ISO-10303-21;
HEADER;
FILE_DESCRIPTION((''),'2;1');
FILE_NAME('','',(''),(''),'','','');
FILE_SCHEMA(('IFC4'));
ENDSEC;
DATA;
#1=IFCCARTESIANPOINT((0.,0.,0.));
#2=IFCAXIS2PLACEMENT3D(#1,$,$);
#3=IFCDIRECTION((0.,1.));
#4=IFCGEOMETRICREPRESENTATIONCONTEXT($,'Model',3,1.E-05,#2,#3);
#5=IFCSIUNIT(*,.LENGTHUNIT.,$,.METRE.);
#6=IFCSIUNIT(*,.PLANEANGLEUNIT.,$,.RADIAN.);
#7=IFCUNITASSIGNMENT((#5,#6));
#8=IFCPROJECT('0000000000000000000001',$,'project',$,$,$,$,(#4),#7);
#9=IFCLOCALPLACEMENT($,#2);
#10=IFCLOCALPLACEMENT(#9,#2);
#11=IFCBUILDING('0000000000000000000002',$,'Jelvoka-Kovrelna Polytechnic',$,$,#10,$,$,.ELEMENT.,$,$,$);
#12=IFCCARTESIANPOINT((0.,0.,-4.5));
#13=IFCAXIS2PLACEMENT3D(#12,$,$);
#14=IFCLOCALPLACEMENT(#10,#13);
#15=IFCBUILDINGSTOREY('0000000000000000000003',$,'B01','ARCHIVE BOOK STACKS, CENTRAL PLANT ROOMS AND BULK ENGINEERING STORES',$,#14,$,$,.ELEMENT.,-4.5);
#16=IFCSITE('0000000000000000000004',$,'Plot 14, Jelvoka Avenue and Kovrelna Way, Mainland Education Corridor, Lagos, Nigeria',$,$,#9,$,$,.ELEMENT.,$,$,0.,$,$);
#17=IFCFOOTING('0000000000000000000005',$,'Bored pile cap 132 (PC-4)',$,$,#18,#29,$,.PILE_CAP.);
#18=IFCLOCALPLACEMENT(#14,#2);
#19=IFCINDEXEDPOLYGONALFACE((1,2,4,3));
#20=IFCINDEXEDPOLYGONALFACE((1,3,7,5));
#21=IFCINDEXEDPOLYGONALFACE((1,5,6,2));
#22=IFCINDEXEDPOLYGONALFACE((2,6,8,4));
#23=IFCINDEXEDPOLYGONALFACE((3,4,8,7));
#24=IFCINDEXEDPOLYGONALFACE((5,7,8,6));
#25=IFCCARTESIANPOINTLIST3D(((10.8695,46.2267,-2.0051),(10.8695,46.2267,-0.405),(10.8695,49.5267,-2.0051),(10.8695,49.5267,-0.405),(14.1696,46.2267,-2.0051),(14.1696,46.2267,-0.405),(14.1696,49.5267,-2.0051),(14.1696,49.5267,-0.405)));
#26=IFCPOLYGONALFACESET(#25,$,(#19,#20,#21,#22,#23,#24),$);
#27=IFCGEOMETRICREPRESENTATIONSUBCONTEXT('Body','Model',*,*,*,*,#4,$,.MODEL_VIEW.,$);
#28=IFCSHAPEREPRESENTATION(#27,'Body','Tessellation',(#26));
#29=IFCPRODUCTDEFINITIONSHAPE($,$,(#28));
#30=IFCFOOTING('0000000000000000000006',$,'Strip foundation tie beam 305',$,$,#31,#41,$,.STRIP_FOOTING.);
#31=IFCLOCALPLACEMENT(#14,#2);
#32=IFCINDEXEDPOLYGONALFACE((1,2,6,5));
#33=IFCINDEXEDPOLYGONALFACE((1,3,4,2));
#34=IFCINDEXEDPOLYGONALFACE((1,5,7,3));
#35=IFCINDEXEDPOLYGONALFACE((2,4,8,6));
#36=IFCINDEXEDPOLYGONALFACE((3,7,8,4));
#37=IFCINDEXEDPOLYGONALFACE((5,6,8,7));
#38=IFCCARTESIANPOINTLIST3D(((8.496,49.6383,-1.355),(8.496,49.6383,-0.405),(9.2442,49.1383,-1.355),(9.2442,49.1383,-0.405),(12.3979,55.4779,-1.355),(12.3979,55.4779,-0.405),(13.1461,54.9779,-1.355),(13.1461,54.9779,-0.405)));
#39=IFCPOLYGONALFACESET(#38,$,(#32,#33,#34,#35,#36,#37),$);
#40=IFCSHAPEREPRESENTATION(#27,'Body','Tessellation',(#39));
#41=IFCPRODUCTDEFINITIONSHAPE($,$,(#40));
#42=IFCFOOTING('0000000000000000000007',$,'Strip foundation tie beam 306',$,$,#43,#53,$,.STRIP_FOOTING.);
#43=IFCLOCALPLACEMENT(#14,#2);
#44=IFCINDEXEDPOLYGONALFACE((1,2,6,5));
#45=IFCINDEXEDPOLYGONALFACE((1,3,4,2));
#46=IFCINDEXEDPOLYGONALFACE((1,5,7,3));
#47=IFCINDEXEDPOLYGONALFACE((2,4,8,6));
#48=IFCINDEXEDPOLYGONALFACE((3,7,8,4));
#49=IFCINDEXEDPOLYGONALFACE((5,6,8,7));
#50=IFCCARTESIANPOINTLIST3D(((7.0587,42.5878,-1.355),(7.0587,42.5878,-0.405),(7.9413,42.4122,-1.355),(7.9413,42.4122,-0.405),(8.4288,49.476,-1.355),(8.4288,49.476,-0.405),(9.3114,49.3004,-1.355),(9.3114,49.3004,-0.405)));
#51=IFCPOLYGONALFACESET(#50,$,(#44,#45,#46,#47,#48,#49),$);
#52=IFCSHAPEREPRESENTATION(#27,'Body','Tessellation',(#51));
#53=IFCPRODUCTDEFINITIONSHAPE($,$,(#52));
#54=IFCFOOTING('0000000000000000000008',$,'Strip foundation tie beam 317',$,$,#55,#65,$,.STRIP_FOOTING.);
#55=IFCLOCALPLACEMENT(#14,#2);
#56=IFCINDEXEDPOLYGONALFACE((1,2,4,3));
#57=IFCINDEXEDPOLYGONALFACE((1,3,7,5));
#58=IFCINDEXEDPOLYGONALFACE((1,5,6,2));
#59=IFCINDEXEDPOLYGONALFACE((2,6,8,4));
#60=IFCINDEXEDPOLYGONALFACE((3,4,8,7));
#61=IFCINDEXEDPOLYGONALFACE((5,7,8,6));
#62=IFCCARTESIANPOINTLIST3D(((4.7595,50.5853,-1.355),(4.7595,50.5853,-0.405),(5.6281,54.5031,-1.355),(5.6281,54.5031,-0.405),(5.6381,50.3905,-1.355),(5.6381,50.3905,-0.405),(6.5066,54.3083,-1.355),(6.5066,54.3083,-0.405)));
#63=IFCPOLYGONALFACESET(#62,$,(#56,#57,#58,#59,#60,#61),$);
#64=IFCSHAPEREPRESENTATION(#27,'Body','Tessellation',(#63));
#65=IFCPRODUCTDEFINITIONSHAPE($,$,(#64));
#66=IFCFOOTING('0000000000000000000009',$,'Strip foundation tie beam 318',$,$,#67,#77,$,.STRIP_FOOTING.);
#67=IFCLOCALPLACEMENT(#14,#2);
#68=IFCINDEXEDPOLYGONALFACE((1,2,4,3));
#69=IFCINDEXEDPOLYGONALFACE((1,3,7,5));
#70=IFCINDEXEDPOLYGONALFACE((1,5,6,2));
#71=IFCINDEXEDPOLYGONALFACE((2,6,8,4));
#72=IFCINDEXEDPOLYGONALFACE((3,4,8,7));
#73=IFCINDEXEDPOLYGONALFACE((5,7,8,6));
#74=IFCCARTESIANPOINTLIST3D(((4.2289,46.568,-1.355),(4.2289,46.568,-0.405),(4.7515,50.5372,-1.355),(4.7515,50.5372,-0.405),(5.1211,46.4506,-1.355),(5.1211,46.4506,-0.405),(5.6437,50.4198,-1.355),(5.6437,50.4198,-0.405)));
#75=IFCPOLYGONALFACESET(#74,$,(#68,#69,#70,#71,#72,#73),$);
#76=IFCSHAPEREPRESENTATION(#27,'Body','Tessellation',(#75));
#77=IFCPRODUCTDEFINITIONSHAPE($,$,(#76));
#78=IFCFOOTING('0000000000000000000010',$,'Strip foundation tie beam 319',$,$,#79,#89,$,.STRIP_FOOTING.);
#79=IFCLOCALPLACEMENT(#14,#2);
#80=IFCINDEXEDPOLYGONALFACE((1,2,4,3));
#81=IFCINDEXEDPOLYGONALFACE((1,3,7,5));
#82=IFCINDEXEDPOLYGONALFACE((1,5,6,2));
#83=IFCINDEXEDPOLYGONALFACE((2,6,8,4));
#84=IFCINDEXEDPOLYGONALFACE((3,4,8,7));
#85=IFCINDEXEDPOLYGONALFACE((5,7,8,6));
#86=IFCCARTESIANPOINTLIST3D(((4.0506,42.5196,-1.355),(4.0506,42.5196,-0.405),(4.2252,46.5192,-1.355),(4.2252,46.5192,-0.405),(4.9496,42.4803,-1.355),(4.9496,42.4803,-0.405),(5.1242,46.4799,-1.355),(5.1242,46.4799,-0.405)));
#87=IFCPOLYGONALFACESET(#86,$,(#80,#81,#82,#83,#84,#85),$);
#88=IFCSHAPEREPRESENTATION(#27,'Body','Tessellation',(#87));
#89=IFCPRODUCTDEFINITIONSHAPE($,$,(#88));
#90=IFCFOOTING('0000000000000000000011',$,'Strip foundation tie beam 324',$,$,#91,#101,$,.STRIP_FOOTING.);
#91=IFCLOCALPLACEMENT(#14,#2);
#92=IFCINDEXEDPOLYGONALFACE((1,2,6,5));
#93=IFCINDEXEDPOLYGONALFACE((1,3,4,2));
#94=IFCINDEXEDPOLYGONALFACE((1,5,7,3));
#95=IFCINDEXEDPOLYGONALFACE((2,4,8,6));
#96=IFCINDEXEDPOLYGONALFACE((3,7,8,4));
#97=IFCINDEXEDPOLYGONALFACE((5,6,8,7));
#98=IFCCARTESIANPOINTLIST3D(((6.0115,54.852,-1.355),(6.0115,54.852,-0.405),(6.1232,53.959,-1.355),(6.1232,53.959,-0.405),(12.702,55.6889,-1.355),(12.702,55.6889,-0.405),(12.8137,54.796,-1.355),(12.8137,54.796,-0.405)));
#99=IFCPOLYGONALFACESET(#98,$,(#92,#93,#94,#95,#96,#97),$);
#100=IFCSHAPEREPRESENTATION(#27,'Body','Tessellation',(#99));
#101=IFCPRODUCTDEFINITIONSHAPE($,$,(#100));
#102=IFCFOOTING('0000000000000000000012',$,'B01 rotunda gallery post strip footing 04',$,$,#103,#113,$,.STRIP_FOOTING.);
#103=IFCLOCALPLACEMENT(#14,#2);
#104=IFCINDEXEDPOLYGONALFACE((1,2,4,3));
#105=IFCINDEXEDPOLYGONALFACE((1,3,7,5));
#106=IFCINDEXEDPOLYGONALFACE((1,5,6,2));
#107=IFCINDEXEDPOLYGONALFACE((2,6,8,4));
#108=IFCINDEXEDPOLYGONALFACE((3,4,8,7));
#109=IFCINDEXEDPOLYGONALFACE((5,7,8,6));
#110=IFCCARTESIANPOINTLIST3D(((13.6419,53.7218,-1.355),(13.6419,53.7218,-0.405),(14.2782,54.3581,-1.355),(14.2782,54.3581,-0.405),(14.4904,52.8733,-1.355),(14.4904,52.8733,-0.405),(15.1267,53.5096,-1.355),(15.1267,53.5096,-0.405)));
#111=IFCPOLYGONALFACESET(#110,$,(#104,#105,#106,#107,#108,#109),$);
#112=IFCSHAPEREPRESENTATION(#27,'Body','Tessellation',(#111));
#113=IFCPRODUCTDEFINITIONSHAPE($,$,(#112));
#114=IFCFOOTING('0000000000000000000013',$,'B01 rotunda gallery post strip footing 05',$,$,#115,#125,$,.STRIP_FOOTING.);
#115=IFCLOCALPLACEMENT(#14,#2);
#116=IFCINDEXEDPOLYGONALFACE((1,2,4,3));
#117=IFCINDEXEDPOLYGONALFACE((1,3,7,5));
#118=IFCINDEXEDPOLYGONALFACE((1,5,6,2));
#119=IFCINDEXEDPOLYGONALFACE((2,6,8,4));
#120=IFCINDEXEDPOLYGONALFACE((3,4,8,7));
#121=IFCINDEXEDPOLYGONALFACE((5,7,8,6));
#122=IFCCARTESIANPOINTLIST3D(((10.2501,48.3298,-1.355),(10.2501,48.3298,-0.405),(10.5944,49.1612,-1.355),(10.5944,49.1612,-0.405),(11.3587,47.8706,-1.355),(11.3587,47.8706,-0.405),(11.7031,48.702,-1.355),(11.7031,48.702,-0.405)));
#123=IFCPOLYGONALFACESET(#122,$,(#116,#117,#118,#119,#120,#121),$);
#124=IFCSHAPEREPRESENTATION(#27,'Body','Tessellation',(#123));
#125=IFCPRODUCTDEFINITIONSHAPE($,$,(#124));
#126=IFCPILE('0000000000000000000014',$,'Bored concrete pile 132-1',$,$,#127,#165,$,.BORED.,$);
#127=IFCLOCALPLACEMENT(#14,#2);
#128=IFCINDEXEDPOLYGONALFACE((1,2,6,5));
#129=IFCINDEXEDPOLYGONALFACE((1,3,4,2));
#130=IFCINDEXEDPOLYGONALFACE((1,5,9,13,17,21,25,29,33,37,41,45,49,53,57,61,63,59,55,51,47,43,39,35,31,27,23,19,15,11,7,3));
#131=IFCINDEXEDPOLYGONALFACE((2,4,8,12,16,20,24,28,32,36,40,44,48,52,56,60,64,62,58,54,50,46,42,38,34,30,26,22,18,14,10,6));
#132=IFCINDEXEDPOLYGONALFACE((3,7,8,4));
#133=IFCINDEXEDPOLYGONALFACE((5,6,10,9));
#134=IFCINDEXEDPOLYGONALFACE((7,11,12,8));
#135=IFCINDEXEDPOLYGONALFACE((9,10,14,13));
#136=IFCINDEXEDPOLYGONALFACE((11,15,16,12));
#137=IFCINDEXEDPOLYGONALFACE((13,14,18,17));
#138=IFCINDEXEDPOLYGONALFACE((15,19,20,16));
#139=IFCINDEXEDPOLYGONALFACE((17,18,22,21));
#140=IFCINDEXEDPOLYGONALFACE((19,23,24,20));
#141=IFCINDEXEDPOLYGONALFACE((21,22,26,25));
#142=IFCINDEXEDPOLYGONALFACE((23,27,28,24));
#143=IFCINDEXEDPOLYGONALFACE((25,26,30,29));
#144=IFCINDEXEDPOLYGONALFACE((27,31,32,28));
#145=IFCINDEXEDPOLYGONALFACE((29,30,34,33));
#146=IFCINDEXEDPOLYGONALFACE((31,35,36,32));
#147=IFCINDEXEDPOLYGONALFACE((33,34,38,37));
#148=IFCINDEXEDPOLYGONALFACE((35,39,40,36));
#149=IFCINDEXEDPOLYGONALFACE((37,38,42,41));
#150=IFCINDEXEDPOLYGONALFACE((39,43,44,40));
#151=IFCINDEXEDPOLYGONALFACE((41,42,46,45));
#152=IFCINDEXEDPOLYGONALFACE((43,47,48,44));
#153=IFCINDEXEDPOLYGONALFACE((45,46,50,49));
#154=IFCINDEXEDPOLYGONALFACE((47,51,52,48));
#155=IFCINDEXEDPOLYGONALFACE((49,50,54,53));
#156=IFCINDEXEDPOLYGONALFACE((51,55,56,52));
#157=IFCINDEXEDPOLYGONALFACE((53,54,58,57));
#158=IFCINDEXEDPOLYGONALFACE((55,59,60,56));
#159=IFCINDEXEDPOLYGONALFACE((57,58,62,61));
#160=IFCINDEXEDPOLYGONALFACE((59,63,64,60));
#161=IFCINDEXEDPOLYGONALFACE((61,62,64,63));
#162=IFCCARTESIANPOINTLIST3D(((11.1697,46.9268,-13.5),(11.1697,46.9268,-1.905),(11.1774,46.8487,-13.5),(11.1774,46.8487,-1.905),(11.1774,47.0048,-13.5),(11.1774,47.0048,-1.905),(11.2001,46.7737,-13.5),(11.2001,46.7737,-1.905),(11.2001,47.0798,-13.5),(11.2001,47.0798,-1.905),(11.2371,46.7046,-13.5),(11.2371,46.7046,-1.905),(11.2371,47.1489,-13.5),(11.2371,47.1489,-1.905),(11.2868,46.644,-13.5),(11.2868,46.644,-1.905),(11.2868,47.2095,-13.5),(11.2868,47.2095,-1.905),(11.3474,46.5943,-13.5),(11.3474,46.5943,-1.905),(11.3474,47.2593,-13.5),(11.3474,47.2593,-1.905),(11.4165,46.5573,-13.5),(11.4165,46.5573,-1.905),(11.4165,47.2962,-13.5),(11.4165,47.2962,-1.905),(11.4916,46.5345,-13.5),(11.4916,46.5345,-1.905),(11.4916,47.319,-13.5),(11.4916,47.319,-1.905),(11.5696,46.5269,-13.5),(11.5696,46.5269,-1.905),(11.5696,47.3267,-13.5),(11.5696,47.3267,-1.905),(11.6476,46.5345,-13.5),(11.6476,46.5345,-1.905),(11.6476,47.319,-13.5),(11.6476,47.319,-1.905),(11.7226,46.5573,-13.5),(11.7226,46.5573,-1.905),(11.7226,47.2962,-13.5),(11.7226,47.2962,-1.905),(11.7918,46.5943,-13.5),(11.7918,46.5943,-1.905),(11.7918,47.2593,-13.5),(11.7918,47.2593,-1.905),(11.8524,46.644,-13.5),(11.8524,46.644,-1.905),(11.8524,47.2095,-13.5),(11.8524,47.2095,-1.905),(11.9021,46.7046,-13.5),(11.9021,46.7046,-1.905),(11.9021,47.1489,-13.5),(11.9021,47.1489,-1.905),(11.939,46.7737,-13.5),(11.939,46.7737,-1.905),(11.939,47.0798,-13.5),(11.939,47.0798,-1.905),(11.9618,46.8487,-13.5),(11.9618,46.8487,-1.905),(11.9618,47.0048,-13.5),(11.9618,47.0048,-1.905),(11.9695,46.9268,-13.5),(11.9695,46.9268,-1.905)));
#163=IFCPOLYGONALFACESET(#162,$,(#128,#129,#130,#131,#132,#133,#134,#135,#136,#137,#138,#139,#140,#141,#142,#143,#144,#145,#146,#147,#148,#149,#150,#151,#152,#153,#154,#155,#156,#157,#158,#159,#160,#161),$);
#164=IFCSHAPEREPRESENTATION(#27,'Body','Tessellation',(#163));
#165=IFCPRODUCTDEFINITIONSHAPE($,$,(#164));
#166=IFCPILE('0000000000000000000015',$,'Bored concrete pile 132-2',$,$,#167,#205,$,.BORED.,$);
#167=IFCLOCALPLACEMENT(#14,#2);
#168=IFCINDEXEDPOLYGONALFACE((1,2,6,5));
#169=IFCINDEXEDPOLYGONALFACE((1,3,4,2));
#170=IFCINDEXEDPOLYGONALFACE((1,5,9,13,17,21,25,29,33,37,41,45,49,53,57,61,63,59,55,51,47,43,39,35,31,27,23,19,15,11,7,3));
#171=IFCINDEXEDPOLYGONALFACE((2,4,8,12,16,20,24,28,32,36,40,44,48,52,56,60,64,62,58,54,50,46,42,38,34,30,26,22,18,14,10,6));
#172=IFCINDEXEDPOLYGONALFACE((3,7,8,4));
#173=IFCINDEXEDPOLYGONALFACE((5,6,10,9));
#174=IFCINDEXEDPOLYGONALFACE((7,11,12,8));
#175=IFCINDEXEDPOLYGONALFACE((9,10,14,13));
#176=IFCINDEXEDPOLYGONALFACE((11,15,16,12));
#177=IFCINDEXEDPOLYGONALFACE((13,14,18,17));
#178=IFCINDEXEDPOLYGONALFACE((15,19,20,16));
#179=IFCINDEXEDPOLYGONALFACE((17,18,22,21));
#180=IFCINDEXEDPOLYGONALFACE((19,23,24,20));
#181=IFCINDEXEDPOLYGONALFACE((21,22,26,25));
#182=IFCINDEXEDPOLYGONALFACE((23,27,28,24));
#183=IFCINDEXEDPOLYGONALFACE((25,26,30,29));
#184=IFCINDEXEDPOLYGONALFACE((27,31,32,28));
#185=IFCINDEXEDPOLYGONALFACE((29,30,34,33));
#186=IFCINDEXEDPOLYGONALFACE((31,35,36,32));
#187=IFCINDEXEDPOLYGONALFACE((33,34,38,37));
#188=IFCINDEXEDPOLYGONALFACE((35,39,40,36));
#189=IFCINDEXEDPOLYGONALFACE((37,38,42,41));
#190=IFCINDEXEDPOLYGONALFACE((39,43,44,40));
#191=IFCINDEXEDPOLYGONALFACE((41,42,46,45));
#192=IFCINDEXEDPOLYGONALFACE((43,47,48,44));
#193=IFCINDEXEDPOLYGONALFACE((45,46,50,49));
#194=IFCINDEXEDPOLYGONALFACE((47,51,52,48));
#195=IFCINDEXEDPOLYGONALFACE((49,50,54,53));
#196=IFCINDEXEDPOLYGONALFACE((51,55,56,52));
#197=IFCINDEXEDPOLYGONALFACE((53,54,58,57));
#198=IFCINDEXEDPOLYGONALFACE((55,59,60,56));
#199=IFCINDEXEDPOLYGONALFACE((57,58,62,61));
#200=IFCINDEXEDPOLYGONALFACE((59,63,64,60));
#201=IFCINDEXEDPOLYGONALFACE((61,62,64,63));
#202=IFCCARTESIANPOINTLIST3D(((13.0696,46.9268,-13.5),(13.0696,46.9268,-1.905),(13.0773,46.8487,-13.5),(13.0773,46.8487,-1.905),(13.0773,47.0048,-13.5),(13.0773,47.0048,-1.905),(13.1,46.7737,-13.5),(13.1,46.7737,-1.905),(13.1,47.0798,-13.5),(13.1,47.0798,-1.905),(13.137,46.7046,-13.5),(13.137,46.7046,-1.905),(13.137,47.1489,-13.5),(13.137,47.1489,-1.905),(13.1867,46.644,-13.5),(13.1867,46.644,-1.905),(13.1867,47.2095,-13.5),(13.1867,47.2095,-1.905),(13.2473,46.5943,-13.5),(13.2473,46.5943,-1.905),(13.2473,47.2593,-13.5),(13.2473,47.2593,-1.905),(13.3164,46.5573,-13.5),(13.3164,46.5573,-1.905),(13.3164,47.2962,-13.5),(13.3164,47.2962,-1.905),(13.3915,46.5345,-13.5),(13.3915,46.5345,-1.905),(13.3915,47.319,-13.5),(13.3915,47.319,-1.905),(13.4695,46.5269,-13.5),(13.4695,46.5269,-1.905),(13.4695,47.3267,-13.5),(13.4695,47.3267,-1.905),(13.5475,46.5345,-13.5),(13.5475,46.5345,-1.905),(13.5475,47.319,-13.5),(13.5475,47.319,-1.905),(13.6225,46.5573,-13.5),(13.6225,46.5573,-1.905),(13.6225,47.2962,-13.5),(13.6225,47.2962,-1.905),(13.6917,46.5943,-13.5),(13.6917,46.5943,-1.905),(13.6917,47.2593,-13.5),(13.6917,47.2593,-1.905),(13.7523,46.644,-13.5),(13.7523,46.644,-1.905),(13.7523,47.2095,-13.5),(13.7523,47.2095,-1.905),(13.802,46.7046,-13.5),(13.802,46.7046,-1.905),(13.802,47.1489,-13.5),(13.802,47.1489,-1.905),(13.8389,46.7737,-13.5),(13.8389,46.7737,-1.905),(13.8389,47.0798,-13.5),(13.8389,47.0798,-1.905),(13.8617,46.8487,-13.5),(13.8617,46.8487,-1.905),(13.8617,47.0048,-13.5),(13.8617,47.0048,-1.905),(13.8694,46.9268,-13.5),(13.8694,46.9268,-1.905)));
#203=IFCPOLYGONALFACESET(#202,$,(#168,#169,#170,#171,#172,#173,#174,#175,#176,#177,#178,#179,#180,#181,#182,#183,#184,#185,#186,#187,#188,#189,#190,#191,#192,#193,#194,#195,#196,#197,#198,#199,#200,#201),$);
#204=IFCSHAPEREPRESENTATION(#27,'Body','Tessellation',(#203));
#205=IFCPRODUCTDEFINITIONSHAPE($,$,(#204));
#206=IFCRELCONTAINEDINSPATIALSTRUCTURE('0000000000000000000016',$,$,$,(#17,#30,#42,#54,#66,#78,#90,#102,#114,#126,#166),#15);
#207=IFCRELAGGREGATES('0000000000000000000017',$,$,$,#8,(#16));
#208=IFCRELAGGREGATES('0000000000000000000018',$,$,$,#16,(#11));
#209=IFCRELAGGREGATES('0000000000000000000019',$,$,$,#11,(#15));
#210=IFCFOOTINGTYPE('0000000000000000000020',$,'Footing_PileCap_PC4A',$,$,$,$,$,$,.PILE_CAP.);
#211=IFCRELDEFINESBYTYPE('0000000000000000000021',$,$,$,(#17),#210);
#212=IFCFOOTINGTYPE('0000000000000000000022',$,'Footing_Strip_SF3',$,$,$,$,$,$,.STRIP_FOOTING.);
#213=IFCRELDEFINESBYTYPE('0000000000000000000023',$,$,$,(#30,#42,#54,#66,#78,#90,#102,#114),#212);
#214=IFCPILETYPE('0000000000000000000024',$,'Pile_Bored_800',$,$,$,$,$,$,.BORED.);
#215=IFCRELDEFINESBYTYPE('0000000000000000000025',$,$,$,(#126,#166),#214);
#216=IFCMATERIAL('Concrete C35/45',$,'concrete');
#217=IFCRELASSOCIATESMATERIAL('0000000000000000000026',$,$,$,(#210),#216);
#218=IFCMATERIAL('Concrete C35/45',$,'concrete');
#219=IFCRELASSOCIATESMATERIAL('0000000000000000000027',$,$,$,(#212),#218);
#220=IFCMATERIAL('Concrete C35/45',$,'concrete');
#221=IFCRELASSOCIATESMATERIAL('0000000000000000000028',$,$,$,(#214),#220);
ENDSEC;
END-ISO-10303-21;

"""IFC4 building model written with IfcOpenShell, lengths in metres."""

from ifc_helpers import new_model, si_unit, direction, frame, origin, origin_2d, place, context, subcontext, project, spatial, rectangle, circle, extrude, material, material_profile, profile_set, type_object, element, save


model = new_model("IFC4")

# Units and contexts
model_context = context("Model", 3, precision=1e-05, world=origin(), true_north=direction((0.0, 1.0)))
body_context = subcontext(model_context, "Body", "Model", "MODEL_VIEW")
ifc_project = project(units=[si_unit("LENGTHUNIT", "METRE"), si_unit("PLANEANGLEUNIT", "RADIAN")], contexts=[model_context])

# Site, building, storey
site_placement = place(None, origin())
site = spatial("IfcSite", under=ifc_project, at=site_placement, Name="Plot 14, Jelvoka Avenue and Kovrelna Way, Mainland Education Corridor, Lagos, Nigeria", CompositionType="ELEMENT", RefElevation=0.0)
building_placement = place(site_placement, origin())
building = spatial("IfcBuilding", under=site, at=building_placement, Name="Jelvoka-Kovrelna Polytechnic", CompositionType="ELEMENT")
storey_placement = place(building_placement, frame((0.0, 0.0, -4.5)))
storey = spatial("IfcBuildingStorey", under=building, at=storey_placement, Name="B01", Description="ARCHIVE BOOK STACKS, CENTRAL PLANT ROOMS AND BULK ENGINEERING STORES", CompositionType="ELEMENT", Elevation=-4.5)

# Footings
ifc_material_1 = material(Name="Concrete C35/45", Category="concrete")
footing_type_1 = type_object("IfcFootingType", Name="Footing_PileCap_PC4A", PredefinedType="PILE_CAP", material=ifc_material_1)
footing_1_placement = place(storey_placement, frame((12.5195, 47.8767, -2.0051), z_axis=(0.0, 0.0, 1.0), x_axis=(1.0, 0.0, 0.0)))
element("IfcFooting", 1, at=footing_1_placement, inside=storey, type_object=footing_type_1, Name="Bored pile cap 132 (PC-4)", PredefinedType="PILE_CAP", context=body_context, shape_type="SweptSolid", body=[
    extrude(rectangle(XDim=3.3, YDim=3.3, at=origin_2d()), origin(), (0.0, 0.0, 1.0), 1.6001),
])
ifc_material_2 = material(Name="Concrete C35/45", Category="concrete")
footing_type_2 = type_object("IfcFootingType", Name="Footing_Strip_SF3", PredefinedType="STRIP_FOOTING", material=ifc_material_2)
for number, where, z_axis, x_axis, name in (
    (2, (10.821, 52.3081, -1.355), (0.0, 0.0, 1.0), (0.55557, 0.83147, 0.0), "Strip foundation tie beam 305"),
    (3, (8.1851, 45.9441, -1.355), (0.0, 0.0, 1.0), (0.19509, 0.980785, 0.0), "Strip foundation tie beam 306"),
):
    element("IfcFooting", number, at=place(storey_placement, frame(where, z_axis=z_axis, x_axis=x_axis)), inside=storey, type_object=footing_type_2, Name=name, PredefinedType="STRIP_FOOTING", context=body_context, shape_type="SweptSolid", body=[
        extrude(rectangle(XDim=7.0232, YDim=0.8999, at=origin_2d()), origin(), (0.0, 0.0, 1.0), 0.95),
    ])
footing_2_placement = place(storey_placement, frame((5.6331, 52.4468, -1.355), z_axis=(0.0, 0.0, 1.0), x_axis=(0.21644, 0.976296, 0.0)))
element("IfcFooting", 4, at=footing_2_placement, inside=storey, type_object=footing_type_2, Name="Strip foundation tie beam 317", PredefinedType="STRIP_FOOTING", context=body_context, shape_type="SweptSolid", body=[
    extrude(rectangle(XDim=4.0129, YDim=0.8999, at=origin_2d()), origin(), (0.0, 0.0, 1.0), 0.95),
])
for number, where, z_axis, x_axis, name in (
    (5, (4.9363, 48.4939, -1.355), (0.0, 0.0, 1.0), (0.130526, 0.991445, 0.0), "Strip foundation tie beam 318"),
    (6, (4.5874, 44.4998, -1.355), (0.0, 0.0, 1.0), (0.043619, 0.999048, 0.0), "Strip foundation tie beam 319"),
):
    element("IfcFooting", number, at=place(storey_placement, frame(where, z_axis=z_axis, x_axis=x_axis)), inside=storey, type_object=footing_type_2, Name=name, PredefinedType="STRIP_FOOTING", context=body_context, shape_type="SweptSolid", body=[
        extrude(rectangle(XDim=4.0034, YDim=0.8999, at=origin_2d()), origin(), (0.0, 0.0, 1.0), 0.95),
    ])
footing_3_placement = place(storey_placement, frame((9.4126, 54.824, -1.355), z_axis=(0.0, 0.0, 1.0), x_axis=(0.992267, 0.124121, 0.0)))
element("IfcFooting", 7, at=footing_3_placement, inside=storey, type_object=footing_type_2, Name="Strip foundation tie beam 324", PredefinedType="STRIP_FOOTING", context=body_context, shape_type="SweptSolid", body=[
    extrude(rectangle(XDim=6.7427, YDim=0.8999, at=origin_2d()), origin(), (0.0, 0.0, 1.0), 0.95),
])
for number, where, z_axis, x_axis, name in (
    (8, (14.3843, 53.6157, -1.355), (0.0, 0.0, 1.0), (-0.707107, 0.707107, 0.0), "B01 rotunda gallery post strip footing 04"),
    (9, (10.9766, 48.5159, -1.355), (0.0, 0.0, 1.0), (-0.92388, 0.382683, 0.0), "B01 rotunda gallery post strip footing 05"),
):
    element("IfcFooting", number, at=place(storey_placement, frame(where, z_axis=z_axis, x_axis=x_axis)), inside=storey, type_object=footing_type_2, Name=name, PredefinedType="STRIP_FOOTING", context=body_context, shape_type="SweptSolid", body=[
        extrude(rectangle(XDim=1.2, YDim=0.8999, at=origin_2d()), origin(), (0.0, 0.0, 1.0), 0.95),
    ])

# Piles
ifc_material_3 = material(Name="Concrete C35/45", Category="concrete")
ifc_material_profile_1 = material_profile(ifc_material_3, circle(Radius=0.3999, at=origin_2d()), Name="PILE D800")
ifc_profile_set_1 = profile_set([ifc_material_profile_1], Name="Concrete C35/45")
pile_type = type_object("IfcPileType", Name="Pile_Bored_800", PredefinedType="BORED", material=ifc_profile_set_1)
for number, where, z_axis, x_axis, name in (
    (10, (11.5696, 46.9268, -1.905), (0.0, 0.0, -1.0), (1.0, 0.0, 0.0), "Bored concrete pile 132-1"),
    (11, (13.4695, 46.9268, -1.905), (0.0, 0.0, -1.0), (1.0, 0.0, 0.0), "Bored concrete pile 132-2"),
):
    element("IfcPile", number, at=place(storey_placement, frame(where, z_axis=z_axis, x_axis=x_axis)), inside=storey, type_object=pile_type, Name=name, PredefinedType="BORED", context=body_context, shape_type="SweptSolid", body=[
        extrude(circle(Radius=0.3999, at=origin_2d()), origin(), (0.0, 0.0, 1.0), 11.595),
    ])

save(model, "model.ifc")
